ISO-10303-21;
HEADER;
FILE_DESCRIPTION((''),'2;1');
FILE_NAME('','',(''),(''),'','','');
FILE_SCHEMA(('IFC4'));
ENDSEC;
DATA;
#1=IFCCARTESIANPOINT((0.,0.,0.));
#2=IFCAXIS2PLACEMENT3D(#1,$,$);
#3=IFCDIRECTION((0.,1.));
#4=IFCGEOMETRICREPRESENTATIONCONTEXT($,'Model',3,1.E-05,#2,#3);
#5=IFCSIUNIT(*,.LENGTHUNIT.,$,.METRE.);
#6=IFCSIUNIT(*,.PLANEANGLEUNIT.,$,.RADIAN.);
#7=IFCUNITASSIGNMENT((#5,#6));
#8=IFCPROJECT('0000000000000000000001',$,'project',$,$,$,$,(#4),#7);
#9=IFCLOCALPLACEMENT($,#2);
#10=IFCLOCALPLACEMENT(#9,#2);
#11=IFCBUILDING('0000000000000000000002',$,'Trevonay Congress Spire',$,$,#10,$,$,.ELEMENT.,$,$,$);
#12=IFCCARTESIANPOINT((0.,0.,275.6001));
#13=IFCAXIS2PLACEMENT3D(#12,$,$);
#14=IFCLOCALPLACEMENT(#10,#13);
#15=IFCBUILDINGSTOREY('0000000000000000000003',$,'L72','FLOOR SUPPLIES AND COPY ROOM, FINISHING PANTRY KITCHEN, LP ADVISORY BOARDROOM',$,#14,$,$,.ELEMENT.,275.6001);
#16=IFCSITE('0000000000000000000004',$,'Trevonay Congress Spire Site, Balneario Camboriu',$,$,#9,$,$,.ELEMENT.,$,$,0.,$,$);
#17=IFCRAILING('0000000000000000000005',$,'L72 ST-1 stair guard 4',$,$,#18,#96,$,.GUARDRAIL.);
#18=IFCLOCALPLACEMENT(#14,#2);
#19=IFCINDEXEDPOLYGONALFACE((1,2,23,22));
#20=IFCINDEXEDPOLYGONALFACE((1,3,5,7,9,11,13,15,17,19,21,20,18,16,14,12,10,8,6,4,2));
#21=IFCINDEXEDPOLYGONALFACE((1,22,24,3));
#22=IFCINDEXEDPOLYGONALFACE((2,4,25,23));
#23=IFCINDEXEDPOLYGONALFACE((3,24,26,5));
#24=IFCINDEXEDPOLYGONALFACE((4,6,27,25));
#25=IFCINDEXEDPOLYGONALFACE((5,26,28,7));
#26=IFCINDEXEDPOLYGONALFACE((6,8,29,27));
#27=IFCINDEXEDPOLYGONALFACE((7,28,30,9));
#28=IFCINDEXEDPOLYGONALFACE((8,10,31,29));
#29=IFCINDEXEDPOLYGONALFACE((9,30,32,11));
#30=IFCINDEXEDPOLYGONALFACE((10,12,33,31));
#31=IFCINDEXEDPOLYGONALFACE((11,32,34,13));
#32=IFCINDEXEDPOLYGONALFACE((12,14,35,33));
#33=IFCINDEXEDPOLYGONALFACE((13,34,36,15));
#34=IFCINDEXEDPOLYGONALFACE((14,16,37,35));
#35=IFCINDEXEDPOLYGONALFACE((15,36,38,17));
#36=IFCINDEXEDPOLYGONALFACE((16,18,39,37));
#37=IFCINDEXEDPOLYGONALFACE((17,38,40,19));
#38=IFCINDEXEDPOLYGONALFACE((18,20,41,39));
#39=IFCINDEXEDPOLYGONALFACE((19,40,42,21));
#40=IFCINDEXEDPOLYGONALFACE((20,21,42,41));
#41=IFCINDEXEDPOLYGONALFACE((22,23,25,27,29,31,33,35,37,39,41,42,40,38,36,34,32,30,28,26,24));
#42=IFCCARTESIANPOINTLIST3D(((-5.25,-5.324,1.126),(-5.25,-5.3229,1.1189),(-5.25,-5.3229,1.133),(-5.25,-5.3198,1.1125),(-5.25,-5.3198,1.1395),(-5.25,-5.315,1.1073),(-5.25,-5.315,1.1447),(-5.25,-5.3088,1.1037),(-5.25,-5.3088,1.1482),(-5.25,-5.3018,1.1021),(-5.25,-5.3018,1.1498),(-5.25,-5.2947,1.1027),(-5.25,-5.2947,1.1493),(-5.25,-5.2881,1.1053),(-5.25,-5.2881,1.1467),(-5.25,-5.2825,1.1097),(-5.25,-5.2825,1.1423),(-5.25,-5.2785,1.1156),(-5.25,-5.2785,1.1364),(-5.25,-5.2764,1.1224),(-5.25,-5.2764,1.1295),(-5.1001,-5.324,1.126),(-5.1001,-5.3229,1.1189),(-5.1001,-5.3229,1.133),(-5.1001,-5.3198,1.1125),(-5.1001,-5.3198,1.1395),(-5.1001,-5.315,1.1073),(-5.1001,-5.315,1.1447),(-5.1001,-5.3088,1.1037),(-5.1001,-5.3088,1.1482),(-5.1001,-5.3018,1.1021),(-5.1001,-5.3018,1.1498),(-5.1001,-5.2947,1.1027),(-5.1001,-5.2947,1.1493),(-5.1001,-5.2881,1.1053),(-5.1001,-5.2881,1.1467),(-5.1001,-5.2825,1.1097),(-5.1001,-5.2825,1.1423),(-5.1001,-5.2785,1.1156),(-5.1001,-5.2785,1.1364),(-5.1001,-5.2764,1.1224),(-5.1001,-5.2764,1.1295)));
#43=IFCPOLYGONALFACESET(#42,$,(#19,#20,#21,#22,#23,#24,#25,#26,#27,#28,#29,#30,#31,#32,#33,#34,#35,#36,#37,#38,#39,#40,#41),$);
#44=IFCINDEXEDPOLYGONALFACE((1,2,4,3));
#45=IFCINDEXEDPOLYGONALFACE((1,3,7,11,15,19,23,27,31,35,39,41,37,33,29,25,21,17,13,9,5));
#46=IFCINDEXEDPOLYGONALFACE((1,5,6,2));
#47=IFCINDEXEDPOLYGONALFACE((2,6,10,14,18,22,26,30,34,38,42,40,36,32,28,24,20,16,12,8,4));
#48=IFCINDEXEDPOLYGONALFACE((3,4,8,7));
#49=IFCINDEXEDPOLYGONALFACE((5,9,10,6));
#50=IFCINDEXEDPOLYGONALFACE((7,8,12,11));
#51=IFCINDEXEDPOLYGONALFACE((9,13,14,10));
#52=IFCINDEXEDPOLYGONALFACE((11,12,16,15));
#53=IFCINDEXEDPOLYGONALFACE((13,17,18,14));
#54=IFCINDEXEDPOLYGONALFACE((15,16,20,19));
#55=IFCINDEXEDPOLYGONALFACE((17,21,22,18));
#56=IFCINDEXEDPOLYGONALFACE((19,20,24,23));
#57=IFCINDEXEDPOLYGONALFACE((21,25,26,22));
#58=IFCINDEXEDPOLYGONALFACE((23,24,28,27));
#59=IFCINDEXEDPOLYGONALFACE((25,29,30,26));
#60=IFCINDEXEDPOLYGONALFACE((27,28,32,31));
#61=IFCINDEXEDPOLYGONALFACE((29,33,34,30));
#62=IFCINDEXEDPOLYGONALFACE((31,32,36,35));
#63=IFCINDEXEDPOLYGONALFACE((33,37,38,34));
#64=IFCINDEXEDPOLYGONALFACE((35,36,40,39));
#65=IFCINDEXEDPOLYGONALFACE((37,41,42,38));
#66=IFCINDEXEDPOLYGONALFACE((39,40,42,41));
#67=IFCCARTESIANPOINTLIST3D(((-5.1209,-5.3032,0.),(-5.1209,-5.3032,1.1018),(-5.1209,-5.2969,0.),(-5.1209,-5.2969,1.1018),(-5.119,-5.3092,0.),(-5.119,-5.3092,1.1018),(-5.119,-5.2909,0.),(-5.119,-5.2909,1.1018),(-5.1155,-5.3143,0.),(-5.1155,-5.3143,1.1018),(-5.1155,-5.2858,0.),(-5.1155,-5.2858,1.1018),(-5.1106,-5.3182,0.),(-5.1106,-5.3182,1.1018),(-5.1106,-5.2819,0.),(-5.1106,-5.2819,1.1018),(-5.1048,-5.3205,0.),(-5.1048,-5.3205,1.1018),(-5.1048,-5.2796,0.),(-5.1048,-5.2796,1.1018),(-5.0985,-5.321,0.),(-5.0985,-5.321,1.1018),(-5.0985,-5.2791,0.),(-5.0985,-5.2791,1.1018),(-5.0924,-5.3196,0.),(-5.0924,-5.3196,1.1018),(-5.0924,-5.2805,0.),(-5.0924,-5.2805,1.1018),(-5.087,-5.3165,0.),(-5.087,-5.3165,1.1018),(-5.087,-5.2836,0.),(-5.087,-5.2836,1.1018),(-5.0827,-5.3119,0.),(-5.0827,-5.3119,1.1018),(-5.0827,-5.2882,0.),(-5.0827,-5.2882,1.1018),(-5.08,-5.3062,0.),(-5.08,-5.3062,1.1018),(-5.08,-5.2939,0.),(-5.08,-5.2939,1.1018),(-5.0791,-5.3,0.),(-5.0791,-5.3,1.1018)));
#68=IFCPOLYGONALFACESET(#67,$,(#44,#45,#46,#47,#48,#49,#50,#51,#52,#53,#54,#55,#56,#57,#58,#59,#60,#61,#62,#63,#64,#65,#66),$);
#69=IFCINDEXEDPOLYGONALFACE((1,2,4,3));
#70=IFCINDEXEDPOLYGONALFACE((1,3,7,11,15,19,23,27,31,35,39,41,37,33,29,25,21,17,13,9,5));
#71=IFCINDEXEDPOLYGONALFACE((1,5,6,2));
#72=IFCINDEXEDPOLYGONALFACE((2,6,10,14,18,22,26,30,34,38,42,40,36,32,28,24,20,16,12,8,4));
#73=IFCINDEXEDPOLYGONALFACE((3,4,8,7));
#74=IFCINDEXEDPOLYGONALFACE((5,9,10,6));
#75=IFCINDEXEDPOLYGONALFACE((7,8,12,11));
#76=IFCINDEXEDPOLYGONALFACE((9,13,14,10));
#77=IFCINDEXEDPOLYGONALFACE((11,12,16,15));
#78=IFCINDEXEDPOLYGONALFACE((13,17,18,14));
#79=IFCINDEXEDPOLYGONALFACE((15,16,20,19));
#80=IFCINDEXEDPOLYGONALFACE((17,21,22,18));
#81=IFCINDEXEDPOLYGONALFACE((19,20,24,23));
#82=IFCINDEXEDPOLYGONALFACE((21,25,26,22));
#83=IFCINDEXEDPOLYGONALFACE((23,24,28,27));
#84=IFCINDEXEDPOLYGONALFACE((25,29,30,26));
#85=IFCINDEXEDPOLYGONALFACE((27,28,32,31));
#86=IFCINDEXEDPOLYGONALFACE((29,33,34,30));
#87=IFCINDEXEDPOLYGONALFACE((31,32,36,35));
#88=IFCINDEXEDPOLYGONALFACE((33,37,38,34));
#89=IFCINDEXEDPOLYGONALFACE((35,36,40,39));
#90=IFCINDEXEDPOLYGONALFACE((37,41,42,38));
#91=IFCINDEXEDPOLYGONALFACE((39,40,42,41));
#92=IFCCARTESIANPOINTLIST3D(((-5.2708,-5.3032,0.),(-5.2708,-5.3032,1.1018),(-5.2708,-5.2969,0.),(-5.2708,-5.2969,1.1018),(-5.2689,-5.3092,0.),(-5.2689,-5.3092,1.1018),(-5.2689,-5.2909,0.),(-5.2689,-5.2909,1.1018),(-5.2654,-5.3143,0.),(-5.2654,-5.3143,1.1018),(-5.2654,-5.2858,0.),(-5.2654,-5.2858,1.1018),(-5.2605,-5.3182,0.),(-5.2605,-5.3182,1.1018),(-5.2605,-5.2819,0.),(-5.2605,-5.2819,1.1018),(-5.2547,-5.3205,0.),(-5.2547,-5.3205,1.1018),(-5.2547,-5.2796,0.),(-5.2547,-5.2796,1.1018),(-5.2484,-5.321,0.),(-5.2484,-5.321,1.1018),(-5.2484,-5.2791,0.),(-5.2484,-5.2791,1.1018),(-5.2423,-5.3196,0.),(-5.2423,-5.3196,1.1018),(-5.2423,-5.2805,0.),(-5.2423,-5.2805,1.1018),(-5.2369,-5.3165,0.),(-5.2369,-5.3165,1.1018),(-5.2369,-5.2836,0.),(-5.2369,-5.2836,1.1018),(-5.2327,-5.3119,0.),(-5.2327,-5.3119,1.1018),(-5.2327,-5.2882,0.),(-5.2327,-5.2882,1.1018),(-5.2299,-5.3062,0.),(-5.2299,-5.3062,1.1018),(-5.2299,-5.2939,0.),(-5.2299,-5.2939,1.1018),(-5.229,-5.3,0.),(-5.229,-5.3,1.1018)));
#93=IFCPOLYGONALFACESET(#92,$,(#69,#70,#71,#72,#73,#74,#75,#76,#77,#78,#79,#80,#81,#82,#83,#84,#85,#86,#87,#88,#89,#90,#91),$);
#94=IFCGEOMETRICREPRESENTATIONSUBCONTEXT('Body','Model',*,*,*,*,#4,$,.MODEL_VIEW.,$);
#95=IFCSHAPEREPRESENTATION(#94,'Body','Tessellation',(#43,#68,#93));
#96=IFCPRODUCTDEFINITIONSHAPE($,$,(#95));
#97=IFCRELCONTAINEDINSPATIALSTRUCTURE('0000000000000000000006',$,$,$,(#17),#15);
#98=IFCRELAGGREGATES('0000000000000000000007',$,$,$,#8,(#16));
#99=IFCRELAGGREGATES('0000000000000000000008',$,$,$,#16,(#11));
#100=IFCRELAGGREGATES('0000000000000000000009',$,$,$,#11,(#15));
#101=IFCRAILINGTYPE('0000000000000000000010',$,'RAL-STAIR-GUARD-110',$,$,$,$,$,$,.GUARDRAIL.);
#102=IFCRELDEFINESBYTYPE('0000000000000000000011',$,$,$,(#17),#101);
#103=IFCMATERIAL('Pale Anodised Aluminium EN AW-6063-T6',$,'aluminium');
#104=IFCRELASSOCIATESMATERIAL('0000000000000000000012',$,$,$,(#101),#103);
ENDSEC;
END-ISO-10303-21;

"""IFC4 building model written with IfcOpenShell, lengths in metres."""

from ifc_helpers import new_model, si_unit, direction, frame, origin, origin_2d, place, context, subcontext, project, spatial, circle, extrude, material, type_object, element, save


model = new_model("IFC4")

# Units and contexts
model_context = context("Model", 3, precision=1e-05, world=origin(), true_north=direction((0.0, 1.0)))
body_context = subcontext(model_context, "Body", "Model", "MODEL_VIEW")
ifc_project = project(units=[si_unit("LENGTHUNIT", "METRE"), si_unit("PLANEANGLEUNIT", "RADIAN")], contexts=[model_context])

# Site, building, storey
site_placement = place(None, origin())
site = spatial("IfcSite", under=ifc_project, at=site_placement, Name="Trevonay Congress Spire Site, Balneario Camboriu", CompositionType="ELEMENT", RefElevation=0.0)
building_placement = place(site_placement, origin())
building = spatial("IfcBuilding", under=site, at=building_placement, Name="Trevonay Congress Spire", CompositionType="ELEMENT")
storey_placement = place(building_placement, frame((0.0, 0.0, 275.6001)))
storey = spatial("IfcBuildingStorey", under=building, at=storey_placement, Name="L72", Description="FLOOR SUPPLIES AND COPY ROOM, FINISHING PANTRY KITCHEN, LP ADVISORY BOARDROOM", CompositionType="ELEMENT", Elevation=275.6001)

# Railing
ifc_material_1 = material(Name="Pale Anodised Aluminium EN AW-6063-T6", Category="aluminium")
railing_type_1 = type_object("IfcRailingType", Name="RAL-STAIR-GUARD-110", PredefinedType="GUARDRAIL", material=ifc_material_1)
railing_1_placement = place(storey_placement, frame((-5.1001, -5.3, 0.0)))
element("IfcRailing", 1, at=railing_1_placement, inside=storey, type_object=railing_type_1, Name="L72 ST-1 stair guard 4", PredefinedType="GUARDRAIL", context=body_context, shape_type="SweptSolid", body=[
    extrude(circle(Radius=0.0239, at=origin_2d()), frame((0.0, 0.0, 1.126), z_axis=(-1.0, 0.0, 0.0), x_axis=(0.0, -1.0, 0.0)), (0.0, 0.0, 1.0), 0.1499),
    extrude(circle(Radius=0.021, at=origin_2d()), origin(), (0.0, 0.0, 1.0), 1.1018),
    extrude(circle(Radius=0.021, at=origin_2d()), frame((-0.1499, 0.0, 0.0)), (0.0, 0.0, 1.0), 1.1018),
])

save(model, "model.ifc")
